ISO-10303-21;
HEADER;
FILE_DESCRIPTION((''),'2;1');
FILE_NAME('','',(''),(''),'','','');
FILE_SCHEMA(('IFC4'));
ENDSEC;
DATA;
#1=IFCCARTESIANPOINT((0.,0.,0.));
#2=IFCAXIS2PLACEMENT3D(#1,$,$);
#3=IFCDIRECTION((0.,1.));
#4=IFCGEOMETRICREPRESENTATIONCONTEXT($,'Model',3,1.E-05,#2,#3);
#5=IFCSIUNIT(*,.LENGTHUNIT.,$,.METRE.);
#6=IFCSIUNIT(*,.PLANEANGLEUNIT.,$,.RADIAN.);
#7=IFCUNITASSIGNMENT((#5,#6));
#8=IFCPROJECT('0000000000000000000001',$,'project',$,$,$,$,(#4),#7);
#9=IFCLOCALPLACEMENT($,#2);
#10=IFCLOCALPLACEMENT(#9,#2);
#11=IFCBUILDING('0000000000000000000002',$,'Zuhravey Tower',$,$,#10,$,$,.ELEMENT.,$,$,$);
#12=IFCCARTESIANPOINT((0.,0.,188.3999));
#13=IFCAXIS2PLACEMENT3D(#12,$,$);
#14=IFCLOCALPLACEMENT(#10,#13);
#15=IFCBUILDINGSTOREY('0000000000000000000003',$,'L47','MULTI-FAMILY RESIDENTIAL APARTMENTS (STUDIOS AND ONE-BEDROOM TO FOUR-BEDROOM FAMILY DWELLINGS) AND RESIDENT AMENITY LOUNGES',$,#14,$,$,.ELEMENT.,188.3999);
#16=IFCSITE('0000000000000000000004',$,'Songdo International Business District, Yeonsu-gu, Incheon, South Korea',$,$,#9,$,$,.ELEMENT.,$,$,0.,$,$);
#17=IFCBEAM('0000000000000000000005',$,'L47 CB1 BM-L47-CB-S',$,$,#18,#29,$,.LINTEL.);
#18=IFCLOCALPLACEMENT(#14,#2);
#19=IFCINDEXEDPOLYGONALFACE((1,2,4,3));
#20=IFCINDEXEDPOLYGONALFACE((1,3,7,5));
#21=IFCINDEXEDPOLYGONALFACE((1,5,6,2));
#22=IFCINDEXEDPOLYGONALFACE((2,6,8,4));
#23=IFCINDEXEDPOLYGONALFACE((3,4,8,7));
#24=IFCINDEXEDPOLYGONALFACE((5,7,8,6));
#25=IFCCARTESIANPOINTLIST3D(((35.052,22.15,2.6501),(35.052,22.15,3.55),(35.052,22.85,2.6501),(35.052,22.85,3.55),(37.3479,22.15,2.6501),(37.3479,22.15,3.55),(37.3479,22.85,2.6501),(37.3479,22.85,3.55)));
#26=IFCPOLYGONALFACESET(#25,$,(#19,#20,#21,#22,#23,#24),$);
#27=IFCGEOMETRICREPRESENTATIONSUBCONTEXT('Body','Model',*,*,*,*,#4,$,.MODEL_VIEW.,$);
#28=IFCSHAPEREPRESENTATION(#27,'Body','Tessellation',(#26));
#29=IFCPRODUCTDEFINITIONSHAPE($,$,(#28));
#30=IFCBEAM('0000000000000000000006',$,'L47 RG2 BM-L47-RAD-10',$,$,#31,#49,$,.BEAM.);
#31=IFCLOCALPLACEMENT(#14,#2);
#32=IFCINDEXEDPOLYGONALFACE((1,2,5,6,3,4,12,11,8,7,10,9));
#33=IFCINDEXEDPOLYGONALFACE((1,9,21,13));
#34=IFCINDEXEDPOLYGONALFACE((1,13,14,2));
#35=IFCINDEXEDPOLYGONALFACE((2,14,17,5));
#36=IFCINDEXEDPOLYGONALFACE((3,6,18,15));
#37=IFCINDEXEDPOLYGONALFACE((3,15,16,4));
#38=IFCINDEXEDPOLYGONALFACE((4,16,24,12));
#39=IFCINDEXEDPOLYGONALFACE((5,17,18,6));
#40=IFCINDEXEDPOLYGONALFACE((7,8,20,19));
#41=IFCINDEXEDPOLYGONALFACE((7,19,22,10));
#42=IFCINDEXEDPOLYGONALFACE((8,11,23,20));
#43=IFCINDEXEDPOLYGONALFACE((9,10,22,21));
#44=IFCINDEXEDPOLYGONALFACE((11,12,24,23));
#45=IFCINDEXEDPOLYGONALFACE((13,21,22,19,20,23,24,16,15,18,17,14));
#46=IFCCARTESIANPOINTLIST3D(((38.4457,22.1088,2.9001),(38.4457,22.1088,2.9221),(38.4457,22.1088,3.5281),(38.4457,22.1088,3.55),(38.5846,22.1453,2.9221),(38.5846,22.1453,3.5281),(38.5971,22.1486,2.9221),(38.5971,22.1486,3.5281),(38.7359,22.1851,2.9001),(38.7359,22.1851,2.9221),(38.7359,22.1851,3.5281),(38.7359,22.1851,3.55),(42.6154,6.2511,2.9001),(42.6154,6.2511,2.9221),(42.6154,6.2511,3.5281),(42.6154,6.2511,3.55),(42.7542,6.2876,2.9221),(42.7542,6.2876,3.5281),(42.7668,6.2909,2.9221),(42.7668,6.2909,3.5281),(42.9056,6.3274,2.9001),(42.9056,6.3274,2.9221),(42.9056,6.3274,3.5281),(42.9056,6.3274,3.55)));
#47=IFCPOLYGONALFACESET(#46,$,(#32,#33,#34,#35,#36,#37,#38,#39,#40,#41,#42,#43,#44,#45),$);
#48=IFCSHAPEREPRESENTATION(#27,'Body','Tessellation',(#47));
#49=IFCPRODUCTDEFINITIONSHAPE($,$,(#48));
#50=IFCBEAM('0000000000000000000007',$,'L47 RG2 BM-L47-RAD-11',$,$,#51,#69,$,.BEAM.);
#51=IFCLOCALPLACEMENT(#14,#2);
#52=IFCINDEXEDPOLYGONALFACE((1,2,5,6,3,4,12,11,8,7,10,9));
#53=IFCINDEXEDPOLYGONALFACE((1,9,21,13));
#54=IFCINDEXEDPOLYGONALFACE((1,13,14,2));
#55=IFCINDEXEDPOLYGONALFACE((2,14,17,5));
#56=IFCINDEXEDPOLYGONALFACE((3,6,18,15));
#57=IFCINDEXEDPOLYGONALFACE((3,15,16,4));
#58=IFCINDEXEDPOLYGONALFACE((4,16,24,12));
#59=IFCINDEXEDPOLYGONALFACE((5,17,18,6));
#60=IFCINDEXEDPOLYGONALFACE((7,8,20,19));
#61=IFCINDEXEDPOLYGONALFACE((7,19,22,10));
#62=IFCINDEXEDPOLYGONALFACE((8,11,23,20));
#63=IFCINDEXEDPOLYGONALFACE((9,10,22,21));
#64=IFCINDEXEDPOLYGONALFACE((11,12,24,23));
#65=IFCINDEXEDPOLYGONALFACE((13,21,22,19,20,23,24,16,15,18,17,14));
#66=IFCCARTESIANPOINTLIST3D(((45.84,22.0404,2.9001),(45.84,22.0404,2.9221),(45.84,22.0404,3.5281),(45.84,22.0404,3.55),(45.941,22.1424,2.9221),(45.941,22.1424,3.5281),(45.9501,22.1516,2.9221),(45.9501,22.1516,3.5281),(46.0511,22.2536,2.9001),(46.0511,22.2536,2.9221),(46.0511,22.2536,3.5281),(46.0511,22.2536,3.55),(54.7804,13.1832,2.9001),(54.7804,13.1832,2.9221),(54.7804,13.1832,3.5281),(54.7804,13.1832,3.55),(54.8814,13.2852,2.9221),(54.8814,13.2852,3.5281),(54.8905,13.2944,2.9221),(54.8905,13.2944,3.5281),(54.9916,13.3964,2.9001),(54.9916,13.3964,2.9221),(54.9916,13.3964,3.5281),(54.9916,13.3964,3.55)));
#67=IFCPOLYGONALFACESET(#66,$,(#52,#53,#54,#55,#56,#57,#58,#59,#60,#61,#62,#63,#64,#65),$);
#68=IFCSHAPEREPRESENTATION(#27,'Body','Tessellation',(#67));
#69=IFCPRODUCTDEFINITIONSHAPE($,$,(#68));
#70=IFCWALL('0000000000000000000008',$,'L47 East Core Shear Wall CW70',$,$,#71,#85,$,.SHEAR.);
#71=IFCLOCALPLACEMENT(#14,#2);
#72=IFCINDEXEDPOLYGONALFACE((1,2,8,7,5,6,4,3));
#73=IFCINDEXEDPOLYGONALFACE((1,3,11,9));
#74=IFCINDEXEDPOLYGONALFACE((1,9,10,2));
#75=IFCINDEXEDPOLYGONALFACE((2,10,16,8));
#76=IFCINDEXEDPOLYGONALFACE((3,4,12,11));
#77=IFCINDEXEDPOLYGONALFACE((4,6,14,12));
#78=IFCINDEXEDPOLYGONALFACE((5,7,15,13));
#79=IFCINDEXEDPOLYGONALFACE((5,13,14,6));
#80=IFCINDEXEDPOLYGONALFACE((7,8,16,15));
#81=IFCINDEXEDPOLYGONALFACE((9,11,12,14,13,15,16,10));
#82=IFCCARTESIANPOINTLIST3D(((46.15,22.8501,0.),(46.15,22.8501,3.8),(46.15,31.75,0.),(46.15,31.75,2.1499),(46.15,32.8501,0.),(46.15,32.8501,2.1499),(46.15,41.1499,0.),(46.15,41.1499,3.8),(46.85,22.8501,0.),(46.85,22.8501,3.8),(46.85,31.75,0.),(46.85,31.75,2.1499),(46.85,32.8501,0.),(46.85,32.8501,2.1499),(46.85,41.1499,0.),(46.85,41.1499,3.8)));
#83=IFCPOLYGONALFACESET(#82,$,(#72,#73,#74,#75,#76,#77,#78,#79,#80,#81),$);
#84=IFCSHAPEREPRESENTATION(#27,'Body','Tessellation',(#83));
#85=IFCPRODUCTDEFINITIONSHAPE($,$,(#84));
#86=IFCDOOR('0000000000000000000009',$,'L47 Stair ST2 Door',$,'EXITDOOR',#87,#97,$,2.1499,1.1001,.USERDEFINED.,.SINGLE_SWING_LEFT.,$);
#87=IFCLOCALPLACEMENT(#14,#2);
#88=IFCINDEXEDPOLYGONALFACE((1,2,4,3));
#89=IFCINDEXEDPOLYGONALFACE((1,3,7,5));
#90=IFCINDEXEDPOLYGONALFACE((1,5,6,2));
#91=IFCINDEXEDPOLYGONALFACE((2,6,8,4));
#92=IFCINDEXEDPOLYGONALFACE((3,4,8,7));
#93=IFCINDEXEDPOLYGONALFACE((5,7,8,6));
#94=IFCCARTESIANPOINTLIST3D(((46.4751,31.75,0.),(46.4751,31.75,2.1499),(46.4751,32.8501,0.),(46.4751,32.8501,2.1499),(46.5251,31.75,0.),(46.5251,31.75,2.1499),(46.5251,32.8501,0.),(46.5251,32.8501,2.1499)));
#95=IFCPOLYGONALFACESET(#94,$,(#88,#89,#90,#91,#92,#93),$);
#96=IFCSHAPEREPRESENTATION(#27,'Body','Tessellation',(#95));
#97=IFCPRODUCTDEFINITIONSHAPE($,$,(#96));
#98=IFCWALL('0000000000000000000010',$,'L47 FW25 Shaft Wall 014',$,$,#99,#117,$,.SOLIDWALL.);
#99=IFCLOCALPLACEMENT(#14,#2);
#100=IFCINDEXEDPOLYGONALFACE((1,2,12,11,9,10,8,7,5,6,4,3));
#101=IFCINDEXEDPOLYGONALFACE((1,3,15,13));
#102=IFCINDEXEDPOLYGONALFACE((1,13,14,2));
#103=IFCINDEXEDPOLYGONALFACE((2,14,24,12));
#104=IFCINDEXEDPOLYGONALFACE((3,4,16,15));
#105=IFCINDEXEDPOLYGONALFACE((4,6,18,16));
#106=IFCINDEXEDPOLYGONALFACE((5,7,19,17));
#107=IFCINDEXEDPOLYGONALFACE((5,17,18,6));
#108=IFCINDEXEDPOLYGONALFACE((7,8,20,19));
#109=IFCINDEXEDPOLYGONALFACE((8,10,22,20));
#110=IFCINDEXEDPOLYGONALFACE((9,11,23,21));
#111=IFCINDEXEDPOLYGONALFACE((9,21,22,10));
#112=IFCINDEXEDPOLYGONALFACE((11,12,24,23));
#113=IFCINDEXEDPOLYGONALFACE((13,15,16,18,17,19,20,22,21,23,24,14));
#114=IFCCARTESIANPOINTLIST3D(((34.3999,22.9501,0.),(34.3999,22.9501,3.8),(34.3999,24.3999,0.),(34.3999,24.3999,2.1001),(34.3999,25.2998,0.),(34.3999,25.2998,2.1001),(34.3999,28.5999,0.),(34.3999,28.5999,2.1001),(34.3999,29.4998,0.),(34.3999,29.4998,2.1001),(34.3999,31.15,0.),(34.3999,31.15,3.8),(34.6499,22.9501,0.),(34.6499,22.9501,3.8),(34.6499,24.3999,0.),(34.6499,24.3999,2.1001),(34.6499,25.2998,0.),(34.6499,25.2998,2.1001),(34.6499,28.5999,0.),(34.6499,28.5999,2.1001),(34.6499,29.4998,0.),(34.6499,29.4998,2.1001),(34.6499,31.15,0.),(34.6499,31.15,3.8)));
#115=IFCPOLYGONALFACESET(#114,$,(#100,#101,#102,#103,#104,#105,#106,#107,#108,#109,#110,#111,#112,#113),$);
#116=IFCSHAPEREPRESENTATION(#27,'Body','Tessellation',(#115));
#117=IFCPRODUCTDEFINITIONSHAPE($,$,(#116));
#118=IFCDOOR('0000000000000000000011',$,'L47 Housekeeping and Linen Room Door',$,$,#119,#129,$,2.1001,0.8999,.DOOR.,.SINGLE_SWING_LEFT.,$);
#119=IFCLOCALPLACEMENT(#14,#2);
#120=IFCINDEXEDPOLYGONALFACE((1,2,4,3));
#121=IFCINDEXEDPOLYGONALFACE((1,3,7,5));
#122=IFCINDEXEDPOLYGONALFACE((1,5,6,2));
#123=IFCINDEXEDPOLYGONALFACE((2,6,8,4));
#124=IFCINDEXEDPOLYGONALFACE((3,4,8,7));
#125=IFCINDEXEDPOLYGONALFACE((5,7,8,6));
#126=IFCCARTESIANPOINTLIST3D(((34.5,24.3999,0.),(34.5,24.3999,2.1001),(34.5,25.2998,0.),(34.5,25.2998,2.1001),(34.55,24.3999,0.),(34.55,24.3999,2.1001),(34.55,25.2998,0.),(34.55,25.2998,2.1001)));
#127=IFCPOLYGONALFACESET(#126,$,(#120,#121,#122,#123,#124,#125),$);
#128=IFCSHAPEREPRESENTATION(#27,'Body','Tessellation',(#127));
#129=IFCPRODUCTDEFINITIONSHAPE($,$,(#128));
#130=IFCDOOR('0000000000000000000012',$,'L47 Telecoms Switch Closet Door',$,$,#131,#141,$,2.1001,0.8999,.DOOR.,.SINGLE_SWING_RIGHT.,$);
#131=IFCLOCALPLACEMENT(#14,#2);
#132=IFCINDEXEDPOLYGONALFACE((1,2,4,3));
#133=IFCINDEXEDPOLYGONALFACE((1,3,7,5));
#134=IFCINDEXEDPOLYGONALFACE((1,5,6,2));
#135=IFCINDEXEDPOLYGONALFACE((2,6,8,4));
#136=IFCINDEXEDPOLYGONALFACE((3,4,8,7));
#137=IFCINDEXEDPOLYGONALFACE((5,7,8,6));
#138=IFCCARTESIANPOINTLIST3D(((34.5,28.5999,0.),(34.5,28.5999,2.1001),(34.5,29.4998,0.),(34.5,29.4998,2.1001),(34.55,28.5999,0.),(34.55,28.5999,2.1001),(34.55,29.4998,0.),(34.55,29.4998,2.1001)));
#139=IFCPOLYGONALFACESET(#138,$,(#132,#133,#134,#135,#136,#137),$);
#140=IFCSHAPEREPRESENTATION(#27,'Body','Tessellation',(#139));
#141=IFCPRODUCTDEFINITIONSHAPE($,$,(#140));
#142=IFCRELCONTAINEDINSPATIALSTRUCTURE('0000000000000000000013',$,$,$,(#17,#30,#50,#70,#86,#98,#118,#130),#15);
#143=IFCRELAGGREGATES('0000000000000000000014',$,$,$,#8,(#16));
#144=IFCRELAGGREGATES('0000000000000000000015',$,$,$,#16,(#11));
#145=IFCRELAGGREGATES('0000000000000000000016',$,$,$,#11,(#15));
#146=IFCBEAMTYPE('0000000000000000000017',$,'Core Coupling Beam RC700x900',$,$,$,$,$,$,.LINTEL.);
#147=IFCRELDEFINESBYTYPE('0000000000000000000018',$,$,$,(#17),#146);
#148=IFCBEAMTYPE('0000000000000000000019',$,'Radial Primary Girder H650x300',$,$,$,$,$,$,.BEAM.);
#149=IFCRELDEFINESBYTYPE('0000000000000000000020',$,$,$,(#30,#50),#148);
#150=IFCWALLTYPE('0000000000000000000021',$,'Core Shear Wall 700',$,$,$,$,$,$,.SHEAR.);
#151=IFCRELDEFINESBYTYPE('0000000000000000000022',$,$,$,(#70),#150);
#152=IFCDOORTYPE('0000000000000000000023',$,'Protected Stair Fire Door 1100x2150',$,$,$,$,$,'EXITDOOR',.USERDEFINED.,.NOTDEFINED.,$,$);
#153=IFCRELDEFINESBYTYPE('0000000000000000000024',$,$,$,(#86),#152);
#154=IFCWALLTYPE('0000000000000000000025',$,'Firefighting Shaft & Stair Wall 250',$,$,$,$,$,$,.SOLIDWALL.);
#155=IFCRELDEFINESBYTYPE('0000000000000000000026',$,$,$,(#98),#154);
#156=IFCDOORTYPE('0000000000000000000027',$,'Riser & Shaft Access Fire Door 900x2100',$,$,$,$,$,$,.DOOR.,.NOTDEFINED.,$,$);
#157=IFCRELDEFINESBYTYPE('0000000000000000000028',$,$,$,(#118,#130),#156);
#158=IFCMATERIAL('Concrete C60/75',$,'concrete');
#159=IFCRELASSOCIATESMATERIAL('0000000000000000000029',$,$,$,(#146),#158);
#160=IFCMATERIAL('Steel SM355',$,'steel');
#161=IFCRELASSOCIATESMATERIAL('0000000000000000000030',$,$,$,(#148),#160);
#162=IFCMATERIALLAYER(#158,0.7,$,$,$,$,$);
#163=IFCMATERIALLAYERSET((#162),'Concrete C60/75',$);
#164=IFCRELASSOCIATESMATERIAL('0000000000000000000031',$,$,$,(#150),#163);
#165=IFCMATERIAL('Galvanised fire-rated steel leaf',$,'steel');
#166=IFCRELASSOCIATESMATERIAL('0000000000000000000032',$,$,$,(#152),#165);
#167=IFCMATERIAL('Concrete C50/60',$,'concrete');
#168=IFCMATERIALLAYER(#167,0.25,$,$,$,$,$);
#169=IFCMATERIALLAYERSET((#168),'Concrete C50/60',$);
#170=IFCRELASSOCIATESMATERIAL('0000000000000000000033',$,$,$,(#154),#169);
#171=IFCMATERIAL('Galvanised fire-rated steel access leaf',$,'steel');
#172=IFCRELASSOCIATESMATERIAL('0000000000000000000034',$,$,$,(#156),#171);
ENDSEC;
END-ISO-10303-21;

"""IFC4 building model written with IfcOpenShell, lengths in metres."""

from ifc_helpers import new_model, si_unit, direction, frame, frame_2d, origin, origin_2d, place, context, subcontext, project, spatial, rectangle, i_section, extrude, material, layer, layer_set, material_profile, profile_set, type_object, element, fill, save


model = new_model("IFC4")

# Units and contexts
model_context = context("Model", 3, precision=1e-05, world=origin(), true_north=direction((0.0, 1.0)))
body_context = subcontext(model_context, "Body", "Model", "MODEL_VIEW")
ifc_project = project(units=[si_unit("LENGTHUNIT", "METRE"), si_unit("PLANEANGLEUNIT", "RADIAN")], contexts=[model_context])

# Site, building, storey
site_placement = place(None, origin())
site = spatial("IfcSite", under=ifc_project, at=site_placement, Name="Songdo International Business District, Yeonsu-gu, Incheon, South Korea", CompositionType="ELEMENT", RefElevation=0.0)
building_placement = place(site_placement, origin())
building = spatial("IfcBuilding", under=site, at=building_placement, Name="Zuhravey Tower", CompositionType="ELEMENT")
storey_placement = place(building_placement, frame((0.0, 0.0, 188.3999)))
storey = spatial("IfcBuildingStorey", under=building, at=storey_placement, Name="L47", Description="MULTI-FAMILY RESIDENTIAL APARTMENTS (STUDIOS AND ONE-BEDROOM TO FOUR-BEDROOM FAMILY DWELLINGS) AND RESIDENT AMENITY LOUNGES", CompositionType="ELEMENT", Elevation=188.3999)

# Beams
ifc_material_1 = material(Name="Concrete C60/75", Category="concrete")
ifc_material_profile_1 = material_profile(ifc_material_1, rectangle(XDim=0.7, YDim=0.8999, at=origin_2d()), Name="RC-700x900")
ifc_profile_set_1 = profile_set([ifc_material_profile_1], Name="Concrete C60/75")
beam_type_1 = type_object("IfcBeamType", Name="Core Coupling Beam RC700x900", PredefinedType="LINTEL", material=ifc_profile_set_1)
beam_1_placement = place(storey_placement, frame((35.052, 22.5, 3.1001), z_axis=(1.0, 0.0, 0.0), x_axis=(0.0, 1.0, 0.0)))
element("IfcBeam", 1, at=beam_1_placement, inside=storey, type_object=beam_type_1, Name="L47 CB1 BM-L47-CB-S", PredefinedType="LINTEL", context=body_context, shape_type="SweptSolid", body=[
    extrude(rectangle(XDim=0.7, YDim=0.8999, at=origin_2d()), origin(), (0.0, 0.0, 1.0), 2.2959),
])
ifc_material_2 = material(Name="Steel SM355", Category="steel")
ifc_material_profile_2 = material_profile(ifc_material_2, i_section(OverallWidth=0.3, OverallDepth=0.6499, WebThickness=0.0129, FlangeThickness=0.022, at=origin_2d()), Name="H-650x300x13x22")
ifc_profile_set_2 = profile_set([ifc_material_profile_2], Name="Steel SM355")
beam_type_2 = type_object("IfcBeamType", Name="Radial Primary Girder H650x300", PredefinedType="BEAM", material=ifc_profile_set_2)
beam_2_placement = place(storey_placement, frame((38.5908, 22.147, 3.2251), z_axis=(0.2543, -0.967125, 0.0), x_axis=(0.967125, 0.2543, 0.0)))
element("IfcBeam", 2, at=beam_2_placement, inside=storey, type_object=beam_type_2, Name="L47 RG2 BM-L47-RAD-10", PredefinedType="BEAM", context=body_context, shape_type="SweptSolid", body=[
    extrude(i_section(OverallWidth=0.3, OverallDepth=0.6499, WebThickness=0.0129, FlangeThickness=0.022, at=origin_2d()), origin(), (0.0, 0.0, 1.0), 16.3967),
])
beam_3_placement = place(storey_placement, frame((45.9456, 22.147, 3.2251), z_axis=(0.710407, -0.703791, 0.0), x_axis=(0.703791, 0.710407, 0.0)))
element("IfcBeam", 3, at=beam_3_placement, inside=storey, type_object=beam_type_2, Name="L47 RG2 BM-L47-RAD-11", PredefinedType="BEAM", context=body_context, shape_type="SweptSolid", body=[
    extrude(i_section(OverallWidth=0.3, OverallDepth=0.6499, WebThickness=0.0129, FlangeThickness=0.022, at=origin_2d()), origin(), (0.0, 0.0, 1.0), 12.585),
])

# Wall, opening, door
ifc_layer_1 = layer(ifc_material_1, 0.7)
ifc_layer_set_1 = layer_set([ifc_layer_1], Name="Concrete C60/75")
wall_type_1 = type_object("IfcWallType", Name="Core Shear Wall 700", PredefinedType="SHEAR", material=ifc_layer_set_1)
ifc_material_3 = material(Name="Galvanised fire-rated steel leaf", Category="steel")
wall_1_placement = place(storey_placement, frame((46.5, 22.8501, 0.0), z_axis=(0.0, 0.0, 1.0), x_axis=(0.0, 1.0, 0.0)))
wall_1 = element("IfcWall", 4, at=wall_1_placement, inside=storey, type_object=wall_type_1, Name="L47 East Core Shear Wall CW70", PredefinedType="SHEAR", context=body_context, shape_type="SweptSolid", body=[
    extrude(rectangle(XDim=18.2998, YDim=0.7, at=frame_2d((9.1499, 0.0))), origin(), (0.0, 0.0, 1.0), 3.8),
])
opening_1_placement = place(wall_1_placement, frame((8.8999, 0.0, 0.0)))
opening_1 = element("IfcOpeningElement", 5, at=opening_1_placement, cuts=wall_1, PredefinedType="OPENING", context=body_context, shape_type="SweptSolid", body=[
    extrude(rectangle(XDim=1.1001, YDim=2.1499, at=frame_2d((0.55, 1.075))), frame((0.0, 0.3621, 0.0), z_axis=(0.0, -1.0, 0.0), x_axis=(1.0, 0.0, 0.0)), (0.0, 0.0, 1.0), 0.7239),
])
door_type_1 = type_object("IfcDoorType", Name="Protected Stair Fire Door 1100x2150", ElementType="EXITDOOR", OperationType="NOTDEFINED", PredefinedType="USERDEFINED", material=ifc_material_3)
door_1_placement = place(opening_1_placement, origin())
door_1 = element("IfcDoor", 6, at=door_1_placement, inside=storey, type_object=door_type_1, Name="L47 Stair ST2 Door", ObjectType="EXITDOOR", OperationType="SINGLE_SWING_LEFT", OverallHeight=2.1499, OverallWidth=1.1001, PredefinedType="USERDEFINED", context=body_context, shape_type="SweptSolid", body=[
    extrude(rectangle(XDim=1.1001, YDim=2.1499, at=frame_2d((0.55, 1.075))), frame((0.0, 0.0249, 0.0), z_axis=(0.0, -1.0, 0.0), x_axis=(1.0, 0.0, 0.0)), (0.0, 0.0, 1.0), 0.05),
])
fill(opening_1, door_1)
ifc_material_4 = material(Name="Concrete C50/60", Category="concrete")
ifc_layer_2 = layer(ifc_material_4, 0.25)
ifc_layer_set_2 = layer_set([ifc_layer_2], Name="Concrete C50/60")
wall_type_2 = type_object("IfcWallType", Name="Firefighting Shaft & Stair Wall 250", PredefinedType="SOLIDWALL", material=ifc_layer_set_2)

# Wall, openings, doors
wall_2_placement = place(storey_placement, frame((34.5249, 22.95, 0.0), z_axis=(0.0, 0.0, 1.0), x_axis=(0.0, 1.0, 0.0)))
wall_2 = element("IfcWall", 7, at=wall_2_placement, inside=storey, type_object=wall_type_2, Name="L47 FW25 Shaft Wall 014", PredefinedType="SOLIDWALL", context=body_context, shape_type="SweptSolid", body=[
    extrude(rectangle(XDim=8.2, YDim=0.25, at=frame_2d((4.1001, 0.0))), origin(), (0.0, 0.0, 1.0), 3.8),
])
opening_2_placement = place(wall_2_placement, frame((1.45, 0.0, 0.0)))
opening_2 = element("IfcOpeningElement", 8, at=opening_2_placement, cuts=wall_2, PredefinedType="OPENING", context=body_context, shape_type="SweptSolid", body=[
    extrude(rectangle(XDim=0.8999, YDim=2.1001, at=frame_2d((0.45, 1.05))), frame((0.0, 0.137, 0.0), z_axis=(0.0, -1.0, 0.0), x_axis=(1.0, 0.0, 0.0)), (0.0, 0.0, 1.0), 0.2739),
])
opening_3_placement = place(wall_2_placement, frame((5.6499, 0.0, 0.0)))
opening_3 = element("IfcOpeningElement", 9, at=opening_3_placement, cuts=wall_2, PredefinedType="OPENING", context=body_context, shape_type="SweptSolid", body=[
    extrude(rectangle(XDim=0.8999, YDim=2.1001, at=frame_2d((0.45, 1.05))), frame((0.0, 0.137, 0.0), z_axis=(0.0, -1.0, 0.0), x_axis=(1.0, 0.0, 0.0)), (0.0, 0.0, 1.0), 0.2739),
])
ifc_material_5 = material(Name="Galvanised fire-rated steel access leaf", Category="steel")
door_type_2 = type_object("IfcDoorType", Name="Riser & Shaft Access Fire Door 900x2100", OperationType="NOTDEFINED", PredefinedType="DOOR", material=ifc_material_5)
door_2_placement = place(opening_2_placement, origin())
door_2 = element("IfcDoor", 10, at=door_2_placement, inside=storey, type_object=door_type_2, Name="L47 Housekeeping and Linen Room Door", OperationType="SINGLE_SWING_LEFT", OverallHeight=2.1001, OverallWidth=0.8999, PredefinedType="DOOR", context=body_context, shape_type="SweptSolid", body=[
    extrude(rectangle(XDim=0.8999, YDim=2.1001, at=frame_2d((0.45, 1.05))), frame((0.0, 0.0249, 0.0), z_axis=(0.0, -1.0, 0.0), x_axis=(1.0, 0.0, 0.0)), (0.0, 0.0, 1.0), 0.05),
])
fill(opening_2, door_2)
door_3_placement = place(opening_3_placement, origin())
door_3 = element("IfcDoor", 11, at=door_3_placement, inside=storey, type_object=door_type_2, Name="L47 Telecoms Switch Closet Door", OperationType="SINGLE_SWING_RIGHT", OverallHeight=2.1001, OverallWidth=0.8999, PredefinedType="DOOR", context=body_context, shape_type="SweptSolid", body=[
    extrude(rectangle(XDim=0.8999, YDim=2.1001, at=frame_2d((0.45, 1.05))), frame((0.0, 0.0249, 0.0), z_axis=(0.0, -1.0, 0.0), x_axis=(1.0, 0.0, 0.0)), (0.0, 0.0, 1.0), 0.05),
])
fill(opening_3, door_3)

save(model, "model.ifc")
